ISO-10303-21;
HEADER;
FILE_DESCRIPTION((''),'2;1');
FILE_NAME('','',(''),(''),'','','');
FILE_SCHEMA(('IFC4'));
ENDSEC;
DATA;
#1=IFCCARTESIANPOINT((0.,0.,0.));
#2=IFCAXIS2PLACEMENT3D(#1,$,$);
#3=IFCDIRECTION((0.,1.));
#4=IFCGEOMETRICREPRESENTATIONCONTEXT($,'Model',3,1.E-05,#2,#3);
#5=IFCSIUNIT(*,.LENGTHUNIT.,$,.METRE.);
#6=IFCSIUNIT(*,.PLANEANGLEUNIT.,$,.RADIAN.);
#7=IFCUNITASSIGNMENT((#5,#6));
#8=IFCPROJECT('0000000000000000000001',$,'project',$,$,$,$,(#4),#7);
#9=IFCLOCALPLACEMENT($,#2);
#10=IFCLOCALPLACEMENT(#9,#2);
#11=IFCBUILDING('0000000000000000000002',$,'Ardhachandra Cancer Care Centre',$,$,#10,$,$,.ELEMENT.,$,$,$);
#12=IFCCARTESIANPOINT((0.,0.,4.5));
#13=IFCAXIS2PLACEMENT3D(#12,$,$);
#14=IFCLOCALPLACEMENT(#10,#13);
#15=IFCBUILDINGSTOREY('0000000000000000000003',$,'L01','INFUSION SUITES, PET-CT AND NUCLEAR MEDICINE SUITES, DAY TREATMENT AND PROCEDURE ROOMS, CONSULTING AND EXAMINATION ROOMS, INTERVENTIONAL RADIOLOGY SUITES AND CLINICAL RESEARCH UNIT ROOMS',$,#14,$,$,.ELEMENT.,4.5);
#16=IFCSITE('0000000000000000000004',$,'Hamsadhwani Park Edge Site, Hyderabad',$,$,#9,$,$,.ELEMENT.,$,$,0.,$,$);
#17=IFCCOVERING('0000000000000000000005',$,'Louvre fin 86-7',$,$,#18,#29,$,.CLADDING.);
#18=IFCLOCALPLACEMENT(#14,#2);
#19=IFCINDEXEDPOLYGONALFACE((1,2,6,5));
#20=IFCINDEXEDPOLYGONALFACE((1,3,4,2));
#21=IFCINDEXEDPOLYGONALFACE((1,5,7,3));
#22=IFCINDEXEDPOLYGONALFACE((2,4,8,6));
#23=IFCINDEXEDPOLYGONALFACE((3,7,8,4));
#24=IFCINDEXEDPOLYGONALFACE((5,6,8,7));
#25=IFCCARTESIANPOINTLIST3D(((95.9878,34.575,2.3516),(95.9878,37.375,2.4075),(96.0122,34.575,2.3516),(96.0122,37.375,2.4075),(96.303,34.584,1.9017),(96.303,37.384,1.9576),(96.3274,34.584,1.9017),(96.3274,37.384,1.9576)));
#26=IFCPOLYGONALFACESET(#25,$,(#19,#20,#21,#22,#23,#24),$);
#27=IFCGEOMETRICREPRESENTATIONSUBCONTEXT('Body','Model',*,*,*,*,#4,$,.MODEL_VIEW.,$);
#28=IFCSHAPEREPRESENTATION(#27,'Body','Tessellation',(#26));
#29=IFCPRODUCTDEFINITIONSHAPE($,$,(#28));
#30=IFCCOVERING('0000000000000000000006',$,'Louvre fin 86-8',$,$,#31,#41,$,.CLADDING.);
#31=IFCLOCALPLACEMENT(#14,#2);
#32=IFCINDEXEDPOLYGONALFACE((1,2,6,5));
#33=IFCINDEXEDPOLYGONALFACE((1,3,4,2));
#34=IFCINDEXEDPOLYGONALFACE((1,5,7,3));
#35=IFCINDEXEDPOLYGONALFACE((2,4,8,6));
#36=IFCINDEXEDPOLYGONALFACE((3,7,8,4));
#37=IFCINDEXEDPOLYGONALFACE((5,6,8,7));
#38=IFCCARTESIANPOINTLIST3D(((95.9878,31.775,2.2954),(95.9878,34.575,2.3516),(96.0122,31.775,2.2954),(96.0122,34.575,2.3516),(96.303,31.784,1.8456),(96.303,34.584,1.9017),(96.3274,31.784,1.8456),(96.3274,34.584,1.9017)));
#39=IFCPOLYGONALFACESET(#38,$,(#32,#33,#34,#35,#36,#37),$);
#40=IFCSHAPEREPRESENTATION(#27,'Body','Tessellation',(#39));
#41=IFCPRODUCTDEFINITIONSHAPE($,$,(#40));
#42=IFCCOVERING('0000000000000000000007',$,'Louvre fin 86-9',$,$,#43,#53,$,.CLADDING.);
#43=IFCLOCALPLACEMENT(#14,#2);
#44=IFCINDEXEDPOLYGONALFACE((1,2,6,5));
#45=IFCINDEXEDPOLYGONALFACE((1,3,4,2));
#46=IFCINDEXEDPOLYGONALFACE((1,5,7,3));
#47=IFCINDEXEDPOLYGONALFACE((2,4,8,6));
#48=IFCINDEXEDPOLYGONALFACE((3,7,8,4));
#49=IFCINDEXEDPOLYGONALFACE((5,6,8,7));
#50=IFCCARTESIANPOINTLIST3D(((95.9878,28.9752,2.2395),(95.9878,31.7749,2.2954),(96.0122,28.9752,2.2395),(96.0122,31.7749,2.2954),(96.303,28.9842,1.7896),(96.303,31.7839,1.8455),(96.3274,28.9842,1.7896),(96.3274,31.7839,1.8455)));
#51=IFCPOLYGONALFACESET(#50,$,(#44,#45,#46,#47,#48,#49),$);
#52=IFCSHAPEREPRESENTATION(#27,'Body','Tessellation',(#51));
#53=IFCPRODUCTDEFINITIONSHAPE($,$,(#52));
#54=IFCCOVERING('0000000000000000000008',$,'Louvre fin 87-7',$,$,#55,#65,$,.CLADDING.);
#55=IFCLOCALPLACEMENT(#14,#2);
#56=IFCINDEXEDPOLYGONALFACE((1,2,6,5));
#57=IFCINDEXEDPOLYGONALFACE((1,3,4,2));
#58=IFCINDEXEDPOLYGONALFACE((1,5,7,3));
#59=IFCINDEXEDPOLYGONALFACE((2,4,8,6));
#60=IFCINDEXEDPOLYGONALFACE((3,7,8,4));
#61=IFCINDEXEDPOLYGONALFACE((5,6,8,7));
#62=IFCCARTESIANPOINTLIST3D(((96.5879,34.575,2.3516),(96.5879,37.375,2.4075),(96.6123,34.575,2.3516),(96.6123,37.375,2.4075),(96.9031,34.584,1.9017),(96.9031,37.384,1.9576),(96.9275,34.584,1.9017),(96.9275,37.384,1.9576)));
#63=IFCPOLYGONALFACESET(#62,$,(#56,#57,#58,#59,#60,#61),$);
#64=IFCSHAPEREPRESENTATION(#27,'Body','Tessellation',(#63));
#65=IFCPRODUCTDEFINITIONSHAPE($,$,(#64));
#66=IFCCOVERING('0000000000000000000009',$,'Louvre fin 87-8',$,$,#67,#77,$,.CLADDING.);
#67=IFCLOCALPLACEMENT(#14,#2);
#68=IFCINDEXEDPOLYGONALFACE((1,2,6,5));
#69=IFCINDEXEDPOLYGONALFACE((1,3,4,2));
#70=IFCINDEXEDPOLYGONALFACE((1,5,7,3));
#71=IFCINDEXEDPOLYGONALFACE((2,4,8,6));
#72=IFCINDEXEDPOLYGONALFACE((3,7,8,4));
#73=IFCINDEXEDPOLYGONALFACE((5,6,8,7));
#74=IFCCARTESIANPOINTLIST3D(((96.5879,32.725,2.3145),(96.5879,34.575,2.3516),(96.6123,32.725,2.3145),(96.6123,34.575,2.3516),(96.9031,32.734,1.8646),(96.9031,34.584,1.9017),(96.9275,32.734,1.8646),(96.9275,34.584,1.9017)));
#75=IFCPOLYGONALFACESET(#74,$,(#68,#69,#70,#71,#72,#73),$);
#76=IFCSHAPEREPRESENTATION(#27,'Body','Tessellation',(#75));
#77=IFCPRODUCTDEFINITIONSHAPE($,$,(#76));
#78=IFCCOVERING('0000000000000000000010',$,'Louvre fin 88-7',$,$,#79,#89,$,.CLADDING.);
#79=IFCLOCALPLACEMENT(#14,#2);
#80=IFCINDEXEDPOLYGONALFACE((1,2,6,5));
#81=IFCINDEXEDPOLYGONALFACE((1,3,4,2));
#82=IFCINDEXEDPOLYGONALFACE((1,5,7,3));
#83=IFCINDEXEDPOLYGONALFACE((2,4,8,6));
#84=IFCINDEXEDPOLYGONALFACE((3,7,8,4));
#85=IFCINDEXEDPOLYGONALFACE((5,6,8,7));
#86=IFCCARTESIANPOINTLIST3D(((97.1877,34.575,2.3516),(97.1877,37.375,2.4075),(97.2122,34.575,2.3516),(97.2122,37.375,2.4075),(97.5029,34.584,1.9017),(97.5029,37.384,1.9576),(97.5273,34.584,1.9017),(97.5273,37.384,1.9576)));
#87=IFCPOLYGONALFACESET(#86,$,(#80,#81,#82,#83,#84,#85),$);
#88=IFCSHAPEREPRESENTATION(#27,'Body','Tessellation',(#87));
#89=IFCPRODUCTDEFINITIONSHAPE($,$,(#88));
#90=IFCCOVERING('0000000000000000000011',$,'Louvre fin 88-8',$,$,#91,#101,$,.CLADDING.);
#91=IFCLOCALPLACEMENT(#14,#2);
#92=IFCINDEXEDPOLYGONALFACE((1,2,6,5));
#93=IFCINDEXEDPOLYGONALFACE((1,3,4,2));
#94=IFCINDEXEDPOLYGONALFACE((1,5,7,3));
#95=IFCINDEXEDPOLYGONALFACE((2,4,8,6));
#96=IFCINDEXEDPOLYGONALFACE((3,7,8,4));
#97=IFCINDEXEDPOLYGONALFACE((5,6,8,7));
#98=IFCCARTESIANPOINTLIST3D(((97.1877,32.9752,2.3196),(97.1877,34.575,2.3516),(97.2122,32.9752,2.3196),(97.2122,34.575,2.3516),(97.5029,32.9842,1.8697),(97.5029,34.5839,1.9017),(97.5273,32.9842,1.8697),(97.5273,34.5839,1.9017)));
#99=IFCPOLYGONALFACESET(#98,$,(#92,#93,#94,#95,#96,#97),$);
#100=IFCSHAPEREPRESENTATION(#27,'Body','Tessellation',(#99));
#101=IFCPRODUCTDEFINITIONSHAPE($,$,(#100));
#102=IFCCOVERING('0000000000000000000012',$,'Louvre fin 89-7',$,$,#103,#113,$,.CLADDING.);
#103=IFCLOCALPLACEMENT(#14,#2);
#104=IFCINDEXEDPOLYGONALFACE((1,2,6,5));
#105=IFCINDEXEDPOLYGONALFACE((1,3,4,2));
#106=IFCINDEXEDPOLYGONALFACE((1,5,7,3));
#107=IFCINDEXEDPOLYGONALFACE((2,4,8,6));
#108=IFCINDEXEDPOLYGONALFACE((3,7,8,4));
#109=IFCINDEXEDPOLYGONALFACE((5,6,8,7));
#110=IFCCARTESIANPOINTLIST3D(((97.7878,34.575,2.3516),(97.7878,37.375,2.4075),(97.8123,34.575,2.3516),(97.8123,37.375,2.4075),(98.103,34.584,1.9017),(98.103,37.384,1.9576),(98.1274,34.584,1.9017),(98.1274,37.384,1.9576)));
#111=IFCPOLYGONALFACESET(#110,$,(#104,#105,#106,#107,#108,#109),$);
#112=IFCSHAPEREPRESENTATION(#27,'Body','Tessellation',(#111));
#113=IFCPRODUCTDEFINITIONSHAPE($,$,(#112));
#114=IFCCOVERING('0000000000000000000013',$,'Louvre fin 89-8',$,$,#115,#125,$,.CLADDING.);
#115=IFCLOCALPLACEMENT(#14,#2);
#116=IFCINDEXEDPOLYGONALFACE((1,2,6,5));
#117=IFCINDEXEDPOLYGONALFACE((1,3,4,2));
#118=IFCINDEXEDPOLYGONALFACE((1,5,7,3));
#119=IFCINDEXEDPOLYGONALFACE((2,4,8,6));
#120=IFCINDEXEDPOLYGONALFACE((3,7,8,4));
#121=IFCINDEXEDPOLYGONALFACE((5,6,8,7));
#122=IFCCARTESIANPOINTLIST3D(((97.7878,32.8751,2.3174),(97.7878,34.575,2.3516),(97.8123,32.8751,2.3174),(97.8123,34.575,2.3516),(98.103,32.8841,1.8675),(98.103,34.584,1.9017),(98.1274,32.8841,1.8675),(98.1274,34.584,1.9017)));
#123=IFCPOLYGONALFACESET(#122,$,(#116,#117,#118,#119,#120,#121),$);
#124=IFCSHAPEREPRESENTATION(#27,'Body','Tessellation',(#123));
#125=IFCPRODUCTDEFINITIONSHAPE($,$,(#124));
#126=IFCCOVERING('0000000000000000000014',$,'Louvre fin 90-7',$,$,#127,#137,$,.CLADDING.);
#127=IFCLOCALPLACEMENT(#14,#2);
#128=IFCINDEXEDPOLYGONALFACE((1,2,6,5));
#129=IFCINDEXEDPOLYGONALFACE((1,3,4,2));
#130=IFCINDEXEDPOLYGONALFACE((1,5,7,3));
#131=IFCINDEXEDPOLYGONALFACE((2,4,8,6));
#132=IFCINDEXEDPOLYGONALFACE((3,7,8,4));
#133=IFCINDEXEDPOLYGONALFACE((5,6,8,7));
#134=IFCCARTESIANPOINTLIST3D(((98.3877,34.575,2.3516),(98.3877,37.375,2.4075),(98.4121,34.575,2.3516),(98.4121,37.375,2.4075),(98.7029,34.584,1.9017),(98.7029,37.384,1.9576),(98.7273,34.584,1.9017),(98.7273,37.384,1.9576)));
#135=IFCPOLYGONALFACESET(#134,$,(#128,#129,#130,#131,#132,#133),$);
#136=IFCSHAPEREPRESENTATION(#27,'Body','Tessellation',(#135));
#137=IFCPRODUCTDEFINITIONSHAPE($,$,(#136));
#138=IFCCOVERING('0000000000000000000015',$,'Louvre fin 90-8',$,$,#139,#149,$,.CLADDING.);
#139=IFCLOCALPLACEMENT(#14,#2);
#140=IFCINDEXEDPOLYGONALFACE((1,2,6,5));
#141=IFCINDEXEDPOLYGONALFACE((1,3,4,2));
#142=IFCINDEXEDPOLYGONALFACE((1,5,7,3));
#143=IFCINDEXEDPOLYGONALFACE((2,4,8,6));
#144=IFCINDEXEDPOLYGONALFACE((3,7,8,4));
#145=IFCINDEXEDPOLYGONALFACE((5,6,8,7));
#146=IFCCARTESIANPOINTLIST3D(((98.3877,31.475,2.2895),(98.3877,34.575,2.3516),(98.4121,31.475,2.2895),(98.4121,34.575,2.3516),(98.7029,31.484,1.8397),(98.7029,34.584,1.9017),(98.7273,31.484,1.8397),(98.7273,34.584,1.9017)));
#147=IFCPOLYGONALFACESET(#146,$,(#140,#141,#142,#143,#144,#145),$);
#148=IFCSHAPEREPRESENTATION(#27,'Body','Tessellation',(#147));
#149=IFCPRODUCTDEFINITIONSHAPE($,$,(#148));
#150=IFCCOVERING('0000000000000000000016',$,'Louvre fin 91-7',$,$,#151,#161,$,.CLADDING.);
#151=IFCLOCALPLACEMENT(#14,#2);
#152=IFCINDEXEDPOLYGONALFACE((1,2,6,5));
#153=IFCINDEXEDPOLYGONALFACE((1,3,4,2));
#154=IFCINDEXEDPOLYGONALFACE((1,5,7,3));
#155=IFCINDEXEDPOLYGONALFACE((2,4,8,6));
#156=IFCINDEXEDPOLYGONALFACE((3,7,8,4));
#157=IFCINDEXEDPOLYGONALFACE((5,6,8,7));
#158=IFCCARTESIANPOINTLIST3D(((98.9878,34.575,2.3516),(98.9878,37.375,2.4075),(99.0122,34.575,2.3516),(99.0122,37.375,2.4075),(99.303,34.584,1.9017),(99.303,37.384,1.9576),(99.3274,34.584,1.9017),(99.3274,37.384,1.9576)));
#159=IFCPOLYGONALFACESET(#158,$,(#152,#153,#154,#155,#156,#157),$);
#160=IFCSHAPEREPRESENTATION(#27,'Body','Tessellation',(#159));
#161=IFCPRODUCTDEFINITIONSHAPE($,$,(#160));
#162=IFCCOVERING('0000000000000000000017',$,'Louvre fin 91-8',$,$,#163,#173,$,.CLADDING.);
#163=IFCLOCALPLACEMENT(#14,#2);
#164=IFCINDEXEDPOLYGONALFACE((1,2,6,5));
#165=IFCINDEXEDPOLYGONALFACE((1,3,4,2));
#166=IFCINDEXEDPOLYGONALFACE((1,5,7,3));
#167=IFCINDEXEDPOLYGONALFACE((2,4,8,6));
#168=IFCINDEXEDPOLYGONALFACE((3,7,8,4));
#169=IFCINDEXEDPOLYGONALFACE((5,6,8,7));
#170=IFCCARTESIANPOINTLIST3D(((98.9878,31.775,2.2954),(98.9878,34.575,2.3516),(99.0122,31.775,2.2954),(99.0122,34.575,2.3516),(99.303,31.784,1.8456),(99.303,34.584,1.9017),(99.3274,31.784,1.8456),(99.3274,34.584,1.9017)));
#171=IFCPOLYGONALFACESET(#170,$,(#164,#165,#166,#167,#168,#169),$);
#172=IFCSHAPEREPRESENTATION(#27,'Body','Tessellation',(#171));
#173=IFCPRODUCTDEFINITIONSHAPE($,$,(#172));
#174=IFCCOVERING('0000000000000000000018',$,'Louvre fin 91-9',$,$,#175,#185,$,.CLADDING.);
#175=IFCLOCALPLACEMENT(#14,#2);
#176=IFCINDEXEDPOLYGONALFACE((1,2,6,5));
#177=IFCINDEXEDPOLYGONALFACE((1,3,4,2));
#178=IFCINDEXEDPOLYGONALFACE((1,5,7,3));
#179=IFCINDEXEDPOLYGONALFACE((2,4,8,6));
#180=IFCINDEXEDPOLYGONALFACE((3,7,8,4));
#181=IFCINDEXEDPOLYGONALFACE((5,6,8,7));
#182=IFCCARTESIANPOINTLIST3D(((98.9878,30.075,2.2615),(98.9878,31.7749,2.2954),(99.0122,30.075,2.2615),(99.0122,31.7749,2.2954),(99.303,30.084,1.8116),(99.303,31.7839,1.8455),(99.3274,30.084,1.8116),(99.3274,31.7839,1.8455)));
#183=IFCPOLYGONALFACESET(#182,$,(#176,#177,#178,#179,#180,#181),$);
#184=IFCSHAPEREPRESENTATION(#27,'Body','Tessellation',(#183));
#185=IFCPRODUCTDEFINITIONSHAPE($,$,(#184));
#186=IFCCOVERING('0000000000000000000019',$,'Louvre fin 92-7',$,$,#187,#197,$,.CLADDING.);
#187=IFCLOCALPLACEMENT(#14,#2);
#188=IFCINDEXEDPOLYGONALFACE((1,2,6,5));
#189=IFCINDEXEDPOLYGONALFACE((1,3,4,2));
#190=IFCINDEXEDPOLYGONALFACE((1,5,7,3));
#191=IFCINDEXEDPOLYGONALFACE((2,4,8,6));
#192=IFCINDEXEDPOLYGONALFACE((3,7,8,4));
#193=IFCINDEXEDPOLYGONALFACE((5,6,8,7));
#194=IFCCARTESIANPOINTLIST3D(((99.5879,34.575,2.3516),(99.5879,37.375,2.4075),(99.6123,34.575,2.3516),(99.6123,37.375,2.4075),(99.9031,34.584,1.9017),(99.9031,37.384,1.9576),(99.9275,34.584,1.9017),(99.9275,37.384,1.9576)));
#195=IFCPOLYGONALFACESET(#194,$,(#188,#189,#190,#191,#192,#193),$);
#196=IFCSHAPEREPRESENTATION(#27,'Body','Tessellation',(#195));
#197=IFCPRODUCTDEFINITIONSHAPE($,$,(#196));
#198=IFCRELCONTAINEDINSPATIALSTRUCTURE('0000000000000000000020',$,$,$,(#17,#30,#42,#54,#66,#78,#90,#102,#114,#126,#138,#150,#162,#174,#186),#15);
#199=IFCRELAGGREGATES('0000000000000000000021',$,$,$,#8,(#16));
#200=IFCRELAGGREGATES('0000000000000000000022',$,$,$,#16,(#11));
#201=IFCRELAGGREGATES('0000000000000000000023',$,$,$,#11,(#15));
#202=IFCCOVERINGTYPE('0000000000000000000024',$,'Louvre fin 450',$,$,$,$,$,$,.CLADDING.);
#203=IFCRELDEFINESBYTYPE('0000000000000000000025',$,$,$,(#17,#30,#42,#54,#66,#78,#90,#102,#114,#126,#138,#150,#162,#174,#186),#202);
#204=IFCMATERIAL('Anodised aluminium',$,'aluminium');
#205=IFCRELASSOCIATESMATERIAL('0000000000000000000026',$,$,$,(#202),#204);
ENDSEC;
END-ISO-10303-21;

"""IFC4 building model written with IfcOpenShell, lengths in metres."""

from ifc_helpers import new_model, si_unit, direction, frame, origin, place, context, subcontext, project, spatial, polyline, outline, extrude, material, material_profile, profile_set, type_object, element, save


model = new_model("IFC4")

# Units and contexts
model_context = context("Model", 3, precision=1e-05, world=origin(), true_north=direction((0.0, 1.0)))
body_context = subcontext(model_context, "Body", "Model", "MODEL_VIEW")
ifc_project = project(units=[si_unit("LENGTHUNIT", "METRE"), si_unit("PLANEANGLEUNIT", "RADIAN")], contexts=[model_context])

# Site, building, storey
site_placement = place(None, origin())
site = spatial("IfcSite", under=ifc_project, at=site_placement, Name="Hamsadhwani Park Edge Site, Hyderabad", CompositionType="ELEMENT", RefElevation=0.0)
building_placement = place(site_placement, origin())
building = spatial("IfcBuilding", under=site, at=building_placement, Name="Ardhachandra Cancer Care Centre", CompositionType="ELEMENT")
storey_placement = place(building_placement, frame((0.0, 0.0, 4.5)))
storey = spatial("IfcBuildingStorey", under=building, at=storey_placement, Name="L01", Description="INFUSION SUITES, PET-CT AND NUCLEAR MEDICINE SUITES, DAY TREATMENT AND PROCEDURE ROOMS, CONSULTING AND EXAMINATION ROOMS, INTERVENTIONAL RADIOLOGY SUITES AND CLINICAL RESEARCH UNIT ROOMS", CompositionType="ELEMENT", Elevation=4.5)

# Coverings
ifc_material_1 = material(Name="Anodised aluminium", Category="aluminium")
ifc_material_profile_1 = material_profile(ifc_material_1, outline(polyline([(-0.0122, 0.0), (0.0122, 0.0), (0.3274, -0.45), (0.303, -0.45), (-0.0122, 0.0)])), Name="Louvre fin 450")
ifc_profile_set_1 = profile_set([ifc_material_profile_1], Name="Anodised aluminium")
covering_type = type_object("IfcCoveringType", Name="Louvre fin 450", PredefinedType="CLADDING", material=ifc_profile_set_1)
for number, where, z_axis, x_axis, name in (
    (1, (96.0, 37.375, 2.4075), (0.0, -0.999801, -0.019963), (1.0, 0.0, 0.0), "Louvre fin 86-7"),
    (2, (96.0, 34.575, 2.3516), (0.0, -0.999799, -0.02005), (1.0, 0.0, 0.0), "Louvre fin 86-8"),
):
    element("IfcCovering", number, at=place(storey_placement, frame(where, z_axis=z_axis, x_axis=x_axis)), inside=storey, type_object=covering_type, Name=name, PredefinedType="CLADDING", context=body_context, shape_type="SweptSolid", body=[
        extrude(outline(polyline([(-0.0122, 0.0), (0.0122, 0.0), (0.3274, -0.45), (0.303, -0.45), (-0.0122, 0.0)])), origin(), (0.0, 0.0, 1.0), 2.8005),
    ])
covering_1_placement = place(storey_placement, frame((96.0, 31.7749, 2.2954), z_axis=(0.0, -0.999801, -0.019965), x_axis=(1.0, 0.0, 0.0)))
element("IfcCovering", 3, at=covering_1_placement, inside=storey, type_object=covering_type, Name="Louvre fin 86-9", PredefinedType="CLADDING", context=body_context, shape_type="SweptSolid", body=[
    extrude(outline(polyline([(-0.0122, 0.0), (0.0122, 0.0), (0.3274, -0.45), (0.303, -0.45), (-0.0122, 0.0)])), origin(), (0.0, 0.0, 1.0), 2.8003),
])
covering_2_placement = place(storey_placement, frame((96.6001, 37.375, 2.4075), z_axis=(0.0, -0.999801, -0.019963), x_axis=(1.0, 0.0, 0.0)))
element("IfcCovering", 4, at=covering_2_placement, inside=storey, type_object=covering_type, Name="Louvre fin 87-7", PredefinedType="CLADDING", context=body_context, shape_type="SweptSolid", body=[
    extrude(outline(polyline([(-0.0122, 0.0), (0.0122, 0.0), (0.3274, -0.45), (0.303, -0.45), (-0.0122, 0.0)])), origin(), (0.0, 0.0, 1.0), 2.8005),
])
covering_3_placement = place(storey_placement, frame((96.6001, 34.575, 2.3516), z_axis=(0.0, -0.999799, -0.020057), x_axis=(1.0, 0.0, 0.0)))
element("IfcCovering", 5, at=covering_3_placement, inside=storey, type_object=covering_type, Name="Louvre fin 87-8", PredefinedType="CLADDING", context=body_context, shape_type="SweptSolid", body=[
    extrude(outline(polyline([(-0.0122, 0.0), (0.0122, 0.0), (0.3274, -0.45), (0.303, -0.45), (-0.0122, 0.0)])), origin(), (0.0, 0.0, 1.0), 1.8503),
])
covering_4_placement = place(storey_placement, frame((97.2, 37.375, 2.4075), z_axis=(0.0, -0.999801, -0.019963), x_axis=(1.0, 0.0, 0.0)))
element("IfcCovering", 6, at=covering_4_placement, inside=storey, type_object=covering_type, Name="Louvre fin 88-7", PredefinedType="CLADDING", context=body_context, shape_type="SweptSolid", body=[
    extrude(outline(polyline([(-0.0122, 0.0), (0.0122, 0.0), (0.3274, -0.45), (0.303, -0.45), (-0.0122, 0.0)])), origin(), (0.0, 0.0, 1.0), 2.8005),
])
covering_5_placement = place(storey_placement, frame((97.2, 34.575, 2.3516), z_axis=(0.0, -0.9998, -0.019987), x_axis=(1.0, 0.0, 0.0)))
element("IfcCovering", 7, at=covering_5_placement, inside=storey, type_object=covering_type, Name="Louvre fin 88-8", PredefinedType="CLADDING", context=body_context, shape_type="SweptSolid", body=[
    extrude(outline(polyline([(-0.0122, 0.0), (0.0122, 0.0), (0.3274, -0.45), (0.303, -0.45), (-0.0122, 0.0)])), origin(), (0.0, 0.0, 1.0), 1.6001),
])
covering_6_placement = place(storey_placement, frame((97.8, 37.375, 2.4075), z_axis=(0.0, -0.999801, -0.019963), x_axis=(1.0, 0.0, 0.0)))
element("IfcCovering", 8, at=covering_6_placement, inside=storey, type_object=covering_type, Name="Louvre fin 89-7", PredefinedType="CLADDING", context=body_context, shape_type="SweptSolid", body=[
    extrude(outline(polyline([(-0.0122, 0.0), (0.0122, 0.0), (0.3274, -0.45), (0.303, -0.45), (-0.0122, 0.0)])), origin(), (0.0, 0.0, 1.0), 2.8005),
])
covering_7_placement = place(storey_placement, frame((97.8, 34.575, 2.3516), z_axis=(0.0, -0.999798, -0.020102), x_axis=(1.0, 0.0, 0.0)))
element("IfcCovering", 9, at=covering_7_placement, inside=storey, type_object=covering_type, Name="Louvre fin 89-8", PredefinedType="CLADDING", context=body_context, shape_type="SweptSolid", body=[
    extrude(outline(polyline([(-0.0122, 0.0), (0.0122, 0.0), (0.3274, -0.45), (0.303, -0.45), (-0.0122, 0.0)])), origin(), (0.0, 0.0, 1.0), 1.7002),
])
covering_8_placement = place(storey_placement, frame((98.3999, 37.375, 2.4075), z_axis=(0.0, -0.999801, -0.019963), x_axis=(1.0, 0.0, 0.0)))
element("IfcCovering", 10, at=covering_8_placement, inside=storey, type_object=covering_type, Name="Louvre fin 90-7", PredefinedType="CLADDING", context=body_context, shape_type="SweptSolid", body=[
    extrude(outline(polyline([(-0.0122, 0.0), (0.0122, 0.0), (0.3274, -0.45), (0.303, -0.45), (-0.0122, 0.0)])), origin(), (0.0, 0.0, 1.0), 2.8005),
])
covering_9_placement = place(storey_placement, frame((98.3999, 34.575, 2.3516), z_axis=(0.0, -0.9998, -0.020001), x_axis=(1.0, 0.0, 0.0)))
element("IfcCovering", 11, at=covering_9_placement, inside=storey, type_object=covering_type, Name="Louvre fin 90-8", PredefinedType="CLADDING", context=body_context, shape_type="SweptSolid", body=[
    extrude(outline(polyline([(-0.0122, 0.0), (0.0122, 0.0), (0.3274, -0.45), (0.303, -0.45), (-0.0122, 0.0)])), origin(), (0.0, 0.0, 1.0), 3.1006),
])
for number, where, z_axis, x_axis, name in (
    (12, (99.0, 37.375, 2.4075), (0.0, -0.999801, -0.019963), (1.0, 0.0, 0.0), "Louvre fin 91-7"),
    (13, (99.0, 34.575, 2.3516), (0.0, -0.999799, -0.02005), (1.0, 0.0, 0.0), "Louvre fin 91-8"),
):
    element("IfcCovering", number, at=place(storey_placement, frame(where, z_axis=z_axis, x_axis=x_axis)), inside=storey, type_object=covering_type, Name=name, PredefinedType="CLADDING", context=body_context, shape_type="SweptSolid", body=[
        extrude(outline(polyline([(-0.0122, 0.0), (0.0122, 0.0), (0.3274, -0.45), (0.303, -0.45), (-0.0122, 0.0)])), origin(), (0.0, 0.0, 1.0), 2.8005),
    ])
covering_10_placement = place(storey_placement, frame((99.0, 31.7749, 2.2954), z_axis=(0.0, -0.999801, -0.019959), x_axis=(1.0, 0.0, 0.0)))
element("IfcCovering", 14, at=covering_10_placement, inside=storey, type_object=covering_type, Name="Louvre fin 91-9", PredefinedType="CLADDING", context=body_context, shape_type="SweptSolid", body=[
    extrude(outline(polyline([(-0.0122, 0.0), (0.0122, 0.0), (0.3274, -0.45), (0.303, -0.45), (-0.0122, 0.0)])), origin(), (0.0, 0.0, 1.0), 1.7002),
])
for number, where, z_axis, x_axis, name in (
    (15, (99.6001, 37.375, 2.4075), (0.0, -0.999801, -0.019963), (1.0, 0.0, 0.0), "Louvre fin 92-7"),
):
    element("IfcCovering", number, at=place(storey_placement, frame(where, z_axis=z_axis, x_axis=x_axis)), inside=storey, type_object=covering_type, Name=name, PredefinedType="CLADDING", context=body_context, shape_type="SweptSolid", body=[
        extrude(outline(polyline([(-0.0122, 0.0), (0.0122, 0.0), (0.3274, -0.45), (0.303, -0.45), (-0.0122, 0.0)])), origin(), (0.0, 0.0, 1.0), 2.8005),
    ])

save(model, "model.ifc")
